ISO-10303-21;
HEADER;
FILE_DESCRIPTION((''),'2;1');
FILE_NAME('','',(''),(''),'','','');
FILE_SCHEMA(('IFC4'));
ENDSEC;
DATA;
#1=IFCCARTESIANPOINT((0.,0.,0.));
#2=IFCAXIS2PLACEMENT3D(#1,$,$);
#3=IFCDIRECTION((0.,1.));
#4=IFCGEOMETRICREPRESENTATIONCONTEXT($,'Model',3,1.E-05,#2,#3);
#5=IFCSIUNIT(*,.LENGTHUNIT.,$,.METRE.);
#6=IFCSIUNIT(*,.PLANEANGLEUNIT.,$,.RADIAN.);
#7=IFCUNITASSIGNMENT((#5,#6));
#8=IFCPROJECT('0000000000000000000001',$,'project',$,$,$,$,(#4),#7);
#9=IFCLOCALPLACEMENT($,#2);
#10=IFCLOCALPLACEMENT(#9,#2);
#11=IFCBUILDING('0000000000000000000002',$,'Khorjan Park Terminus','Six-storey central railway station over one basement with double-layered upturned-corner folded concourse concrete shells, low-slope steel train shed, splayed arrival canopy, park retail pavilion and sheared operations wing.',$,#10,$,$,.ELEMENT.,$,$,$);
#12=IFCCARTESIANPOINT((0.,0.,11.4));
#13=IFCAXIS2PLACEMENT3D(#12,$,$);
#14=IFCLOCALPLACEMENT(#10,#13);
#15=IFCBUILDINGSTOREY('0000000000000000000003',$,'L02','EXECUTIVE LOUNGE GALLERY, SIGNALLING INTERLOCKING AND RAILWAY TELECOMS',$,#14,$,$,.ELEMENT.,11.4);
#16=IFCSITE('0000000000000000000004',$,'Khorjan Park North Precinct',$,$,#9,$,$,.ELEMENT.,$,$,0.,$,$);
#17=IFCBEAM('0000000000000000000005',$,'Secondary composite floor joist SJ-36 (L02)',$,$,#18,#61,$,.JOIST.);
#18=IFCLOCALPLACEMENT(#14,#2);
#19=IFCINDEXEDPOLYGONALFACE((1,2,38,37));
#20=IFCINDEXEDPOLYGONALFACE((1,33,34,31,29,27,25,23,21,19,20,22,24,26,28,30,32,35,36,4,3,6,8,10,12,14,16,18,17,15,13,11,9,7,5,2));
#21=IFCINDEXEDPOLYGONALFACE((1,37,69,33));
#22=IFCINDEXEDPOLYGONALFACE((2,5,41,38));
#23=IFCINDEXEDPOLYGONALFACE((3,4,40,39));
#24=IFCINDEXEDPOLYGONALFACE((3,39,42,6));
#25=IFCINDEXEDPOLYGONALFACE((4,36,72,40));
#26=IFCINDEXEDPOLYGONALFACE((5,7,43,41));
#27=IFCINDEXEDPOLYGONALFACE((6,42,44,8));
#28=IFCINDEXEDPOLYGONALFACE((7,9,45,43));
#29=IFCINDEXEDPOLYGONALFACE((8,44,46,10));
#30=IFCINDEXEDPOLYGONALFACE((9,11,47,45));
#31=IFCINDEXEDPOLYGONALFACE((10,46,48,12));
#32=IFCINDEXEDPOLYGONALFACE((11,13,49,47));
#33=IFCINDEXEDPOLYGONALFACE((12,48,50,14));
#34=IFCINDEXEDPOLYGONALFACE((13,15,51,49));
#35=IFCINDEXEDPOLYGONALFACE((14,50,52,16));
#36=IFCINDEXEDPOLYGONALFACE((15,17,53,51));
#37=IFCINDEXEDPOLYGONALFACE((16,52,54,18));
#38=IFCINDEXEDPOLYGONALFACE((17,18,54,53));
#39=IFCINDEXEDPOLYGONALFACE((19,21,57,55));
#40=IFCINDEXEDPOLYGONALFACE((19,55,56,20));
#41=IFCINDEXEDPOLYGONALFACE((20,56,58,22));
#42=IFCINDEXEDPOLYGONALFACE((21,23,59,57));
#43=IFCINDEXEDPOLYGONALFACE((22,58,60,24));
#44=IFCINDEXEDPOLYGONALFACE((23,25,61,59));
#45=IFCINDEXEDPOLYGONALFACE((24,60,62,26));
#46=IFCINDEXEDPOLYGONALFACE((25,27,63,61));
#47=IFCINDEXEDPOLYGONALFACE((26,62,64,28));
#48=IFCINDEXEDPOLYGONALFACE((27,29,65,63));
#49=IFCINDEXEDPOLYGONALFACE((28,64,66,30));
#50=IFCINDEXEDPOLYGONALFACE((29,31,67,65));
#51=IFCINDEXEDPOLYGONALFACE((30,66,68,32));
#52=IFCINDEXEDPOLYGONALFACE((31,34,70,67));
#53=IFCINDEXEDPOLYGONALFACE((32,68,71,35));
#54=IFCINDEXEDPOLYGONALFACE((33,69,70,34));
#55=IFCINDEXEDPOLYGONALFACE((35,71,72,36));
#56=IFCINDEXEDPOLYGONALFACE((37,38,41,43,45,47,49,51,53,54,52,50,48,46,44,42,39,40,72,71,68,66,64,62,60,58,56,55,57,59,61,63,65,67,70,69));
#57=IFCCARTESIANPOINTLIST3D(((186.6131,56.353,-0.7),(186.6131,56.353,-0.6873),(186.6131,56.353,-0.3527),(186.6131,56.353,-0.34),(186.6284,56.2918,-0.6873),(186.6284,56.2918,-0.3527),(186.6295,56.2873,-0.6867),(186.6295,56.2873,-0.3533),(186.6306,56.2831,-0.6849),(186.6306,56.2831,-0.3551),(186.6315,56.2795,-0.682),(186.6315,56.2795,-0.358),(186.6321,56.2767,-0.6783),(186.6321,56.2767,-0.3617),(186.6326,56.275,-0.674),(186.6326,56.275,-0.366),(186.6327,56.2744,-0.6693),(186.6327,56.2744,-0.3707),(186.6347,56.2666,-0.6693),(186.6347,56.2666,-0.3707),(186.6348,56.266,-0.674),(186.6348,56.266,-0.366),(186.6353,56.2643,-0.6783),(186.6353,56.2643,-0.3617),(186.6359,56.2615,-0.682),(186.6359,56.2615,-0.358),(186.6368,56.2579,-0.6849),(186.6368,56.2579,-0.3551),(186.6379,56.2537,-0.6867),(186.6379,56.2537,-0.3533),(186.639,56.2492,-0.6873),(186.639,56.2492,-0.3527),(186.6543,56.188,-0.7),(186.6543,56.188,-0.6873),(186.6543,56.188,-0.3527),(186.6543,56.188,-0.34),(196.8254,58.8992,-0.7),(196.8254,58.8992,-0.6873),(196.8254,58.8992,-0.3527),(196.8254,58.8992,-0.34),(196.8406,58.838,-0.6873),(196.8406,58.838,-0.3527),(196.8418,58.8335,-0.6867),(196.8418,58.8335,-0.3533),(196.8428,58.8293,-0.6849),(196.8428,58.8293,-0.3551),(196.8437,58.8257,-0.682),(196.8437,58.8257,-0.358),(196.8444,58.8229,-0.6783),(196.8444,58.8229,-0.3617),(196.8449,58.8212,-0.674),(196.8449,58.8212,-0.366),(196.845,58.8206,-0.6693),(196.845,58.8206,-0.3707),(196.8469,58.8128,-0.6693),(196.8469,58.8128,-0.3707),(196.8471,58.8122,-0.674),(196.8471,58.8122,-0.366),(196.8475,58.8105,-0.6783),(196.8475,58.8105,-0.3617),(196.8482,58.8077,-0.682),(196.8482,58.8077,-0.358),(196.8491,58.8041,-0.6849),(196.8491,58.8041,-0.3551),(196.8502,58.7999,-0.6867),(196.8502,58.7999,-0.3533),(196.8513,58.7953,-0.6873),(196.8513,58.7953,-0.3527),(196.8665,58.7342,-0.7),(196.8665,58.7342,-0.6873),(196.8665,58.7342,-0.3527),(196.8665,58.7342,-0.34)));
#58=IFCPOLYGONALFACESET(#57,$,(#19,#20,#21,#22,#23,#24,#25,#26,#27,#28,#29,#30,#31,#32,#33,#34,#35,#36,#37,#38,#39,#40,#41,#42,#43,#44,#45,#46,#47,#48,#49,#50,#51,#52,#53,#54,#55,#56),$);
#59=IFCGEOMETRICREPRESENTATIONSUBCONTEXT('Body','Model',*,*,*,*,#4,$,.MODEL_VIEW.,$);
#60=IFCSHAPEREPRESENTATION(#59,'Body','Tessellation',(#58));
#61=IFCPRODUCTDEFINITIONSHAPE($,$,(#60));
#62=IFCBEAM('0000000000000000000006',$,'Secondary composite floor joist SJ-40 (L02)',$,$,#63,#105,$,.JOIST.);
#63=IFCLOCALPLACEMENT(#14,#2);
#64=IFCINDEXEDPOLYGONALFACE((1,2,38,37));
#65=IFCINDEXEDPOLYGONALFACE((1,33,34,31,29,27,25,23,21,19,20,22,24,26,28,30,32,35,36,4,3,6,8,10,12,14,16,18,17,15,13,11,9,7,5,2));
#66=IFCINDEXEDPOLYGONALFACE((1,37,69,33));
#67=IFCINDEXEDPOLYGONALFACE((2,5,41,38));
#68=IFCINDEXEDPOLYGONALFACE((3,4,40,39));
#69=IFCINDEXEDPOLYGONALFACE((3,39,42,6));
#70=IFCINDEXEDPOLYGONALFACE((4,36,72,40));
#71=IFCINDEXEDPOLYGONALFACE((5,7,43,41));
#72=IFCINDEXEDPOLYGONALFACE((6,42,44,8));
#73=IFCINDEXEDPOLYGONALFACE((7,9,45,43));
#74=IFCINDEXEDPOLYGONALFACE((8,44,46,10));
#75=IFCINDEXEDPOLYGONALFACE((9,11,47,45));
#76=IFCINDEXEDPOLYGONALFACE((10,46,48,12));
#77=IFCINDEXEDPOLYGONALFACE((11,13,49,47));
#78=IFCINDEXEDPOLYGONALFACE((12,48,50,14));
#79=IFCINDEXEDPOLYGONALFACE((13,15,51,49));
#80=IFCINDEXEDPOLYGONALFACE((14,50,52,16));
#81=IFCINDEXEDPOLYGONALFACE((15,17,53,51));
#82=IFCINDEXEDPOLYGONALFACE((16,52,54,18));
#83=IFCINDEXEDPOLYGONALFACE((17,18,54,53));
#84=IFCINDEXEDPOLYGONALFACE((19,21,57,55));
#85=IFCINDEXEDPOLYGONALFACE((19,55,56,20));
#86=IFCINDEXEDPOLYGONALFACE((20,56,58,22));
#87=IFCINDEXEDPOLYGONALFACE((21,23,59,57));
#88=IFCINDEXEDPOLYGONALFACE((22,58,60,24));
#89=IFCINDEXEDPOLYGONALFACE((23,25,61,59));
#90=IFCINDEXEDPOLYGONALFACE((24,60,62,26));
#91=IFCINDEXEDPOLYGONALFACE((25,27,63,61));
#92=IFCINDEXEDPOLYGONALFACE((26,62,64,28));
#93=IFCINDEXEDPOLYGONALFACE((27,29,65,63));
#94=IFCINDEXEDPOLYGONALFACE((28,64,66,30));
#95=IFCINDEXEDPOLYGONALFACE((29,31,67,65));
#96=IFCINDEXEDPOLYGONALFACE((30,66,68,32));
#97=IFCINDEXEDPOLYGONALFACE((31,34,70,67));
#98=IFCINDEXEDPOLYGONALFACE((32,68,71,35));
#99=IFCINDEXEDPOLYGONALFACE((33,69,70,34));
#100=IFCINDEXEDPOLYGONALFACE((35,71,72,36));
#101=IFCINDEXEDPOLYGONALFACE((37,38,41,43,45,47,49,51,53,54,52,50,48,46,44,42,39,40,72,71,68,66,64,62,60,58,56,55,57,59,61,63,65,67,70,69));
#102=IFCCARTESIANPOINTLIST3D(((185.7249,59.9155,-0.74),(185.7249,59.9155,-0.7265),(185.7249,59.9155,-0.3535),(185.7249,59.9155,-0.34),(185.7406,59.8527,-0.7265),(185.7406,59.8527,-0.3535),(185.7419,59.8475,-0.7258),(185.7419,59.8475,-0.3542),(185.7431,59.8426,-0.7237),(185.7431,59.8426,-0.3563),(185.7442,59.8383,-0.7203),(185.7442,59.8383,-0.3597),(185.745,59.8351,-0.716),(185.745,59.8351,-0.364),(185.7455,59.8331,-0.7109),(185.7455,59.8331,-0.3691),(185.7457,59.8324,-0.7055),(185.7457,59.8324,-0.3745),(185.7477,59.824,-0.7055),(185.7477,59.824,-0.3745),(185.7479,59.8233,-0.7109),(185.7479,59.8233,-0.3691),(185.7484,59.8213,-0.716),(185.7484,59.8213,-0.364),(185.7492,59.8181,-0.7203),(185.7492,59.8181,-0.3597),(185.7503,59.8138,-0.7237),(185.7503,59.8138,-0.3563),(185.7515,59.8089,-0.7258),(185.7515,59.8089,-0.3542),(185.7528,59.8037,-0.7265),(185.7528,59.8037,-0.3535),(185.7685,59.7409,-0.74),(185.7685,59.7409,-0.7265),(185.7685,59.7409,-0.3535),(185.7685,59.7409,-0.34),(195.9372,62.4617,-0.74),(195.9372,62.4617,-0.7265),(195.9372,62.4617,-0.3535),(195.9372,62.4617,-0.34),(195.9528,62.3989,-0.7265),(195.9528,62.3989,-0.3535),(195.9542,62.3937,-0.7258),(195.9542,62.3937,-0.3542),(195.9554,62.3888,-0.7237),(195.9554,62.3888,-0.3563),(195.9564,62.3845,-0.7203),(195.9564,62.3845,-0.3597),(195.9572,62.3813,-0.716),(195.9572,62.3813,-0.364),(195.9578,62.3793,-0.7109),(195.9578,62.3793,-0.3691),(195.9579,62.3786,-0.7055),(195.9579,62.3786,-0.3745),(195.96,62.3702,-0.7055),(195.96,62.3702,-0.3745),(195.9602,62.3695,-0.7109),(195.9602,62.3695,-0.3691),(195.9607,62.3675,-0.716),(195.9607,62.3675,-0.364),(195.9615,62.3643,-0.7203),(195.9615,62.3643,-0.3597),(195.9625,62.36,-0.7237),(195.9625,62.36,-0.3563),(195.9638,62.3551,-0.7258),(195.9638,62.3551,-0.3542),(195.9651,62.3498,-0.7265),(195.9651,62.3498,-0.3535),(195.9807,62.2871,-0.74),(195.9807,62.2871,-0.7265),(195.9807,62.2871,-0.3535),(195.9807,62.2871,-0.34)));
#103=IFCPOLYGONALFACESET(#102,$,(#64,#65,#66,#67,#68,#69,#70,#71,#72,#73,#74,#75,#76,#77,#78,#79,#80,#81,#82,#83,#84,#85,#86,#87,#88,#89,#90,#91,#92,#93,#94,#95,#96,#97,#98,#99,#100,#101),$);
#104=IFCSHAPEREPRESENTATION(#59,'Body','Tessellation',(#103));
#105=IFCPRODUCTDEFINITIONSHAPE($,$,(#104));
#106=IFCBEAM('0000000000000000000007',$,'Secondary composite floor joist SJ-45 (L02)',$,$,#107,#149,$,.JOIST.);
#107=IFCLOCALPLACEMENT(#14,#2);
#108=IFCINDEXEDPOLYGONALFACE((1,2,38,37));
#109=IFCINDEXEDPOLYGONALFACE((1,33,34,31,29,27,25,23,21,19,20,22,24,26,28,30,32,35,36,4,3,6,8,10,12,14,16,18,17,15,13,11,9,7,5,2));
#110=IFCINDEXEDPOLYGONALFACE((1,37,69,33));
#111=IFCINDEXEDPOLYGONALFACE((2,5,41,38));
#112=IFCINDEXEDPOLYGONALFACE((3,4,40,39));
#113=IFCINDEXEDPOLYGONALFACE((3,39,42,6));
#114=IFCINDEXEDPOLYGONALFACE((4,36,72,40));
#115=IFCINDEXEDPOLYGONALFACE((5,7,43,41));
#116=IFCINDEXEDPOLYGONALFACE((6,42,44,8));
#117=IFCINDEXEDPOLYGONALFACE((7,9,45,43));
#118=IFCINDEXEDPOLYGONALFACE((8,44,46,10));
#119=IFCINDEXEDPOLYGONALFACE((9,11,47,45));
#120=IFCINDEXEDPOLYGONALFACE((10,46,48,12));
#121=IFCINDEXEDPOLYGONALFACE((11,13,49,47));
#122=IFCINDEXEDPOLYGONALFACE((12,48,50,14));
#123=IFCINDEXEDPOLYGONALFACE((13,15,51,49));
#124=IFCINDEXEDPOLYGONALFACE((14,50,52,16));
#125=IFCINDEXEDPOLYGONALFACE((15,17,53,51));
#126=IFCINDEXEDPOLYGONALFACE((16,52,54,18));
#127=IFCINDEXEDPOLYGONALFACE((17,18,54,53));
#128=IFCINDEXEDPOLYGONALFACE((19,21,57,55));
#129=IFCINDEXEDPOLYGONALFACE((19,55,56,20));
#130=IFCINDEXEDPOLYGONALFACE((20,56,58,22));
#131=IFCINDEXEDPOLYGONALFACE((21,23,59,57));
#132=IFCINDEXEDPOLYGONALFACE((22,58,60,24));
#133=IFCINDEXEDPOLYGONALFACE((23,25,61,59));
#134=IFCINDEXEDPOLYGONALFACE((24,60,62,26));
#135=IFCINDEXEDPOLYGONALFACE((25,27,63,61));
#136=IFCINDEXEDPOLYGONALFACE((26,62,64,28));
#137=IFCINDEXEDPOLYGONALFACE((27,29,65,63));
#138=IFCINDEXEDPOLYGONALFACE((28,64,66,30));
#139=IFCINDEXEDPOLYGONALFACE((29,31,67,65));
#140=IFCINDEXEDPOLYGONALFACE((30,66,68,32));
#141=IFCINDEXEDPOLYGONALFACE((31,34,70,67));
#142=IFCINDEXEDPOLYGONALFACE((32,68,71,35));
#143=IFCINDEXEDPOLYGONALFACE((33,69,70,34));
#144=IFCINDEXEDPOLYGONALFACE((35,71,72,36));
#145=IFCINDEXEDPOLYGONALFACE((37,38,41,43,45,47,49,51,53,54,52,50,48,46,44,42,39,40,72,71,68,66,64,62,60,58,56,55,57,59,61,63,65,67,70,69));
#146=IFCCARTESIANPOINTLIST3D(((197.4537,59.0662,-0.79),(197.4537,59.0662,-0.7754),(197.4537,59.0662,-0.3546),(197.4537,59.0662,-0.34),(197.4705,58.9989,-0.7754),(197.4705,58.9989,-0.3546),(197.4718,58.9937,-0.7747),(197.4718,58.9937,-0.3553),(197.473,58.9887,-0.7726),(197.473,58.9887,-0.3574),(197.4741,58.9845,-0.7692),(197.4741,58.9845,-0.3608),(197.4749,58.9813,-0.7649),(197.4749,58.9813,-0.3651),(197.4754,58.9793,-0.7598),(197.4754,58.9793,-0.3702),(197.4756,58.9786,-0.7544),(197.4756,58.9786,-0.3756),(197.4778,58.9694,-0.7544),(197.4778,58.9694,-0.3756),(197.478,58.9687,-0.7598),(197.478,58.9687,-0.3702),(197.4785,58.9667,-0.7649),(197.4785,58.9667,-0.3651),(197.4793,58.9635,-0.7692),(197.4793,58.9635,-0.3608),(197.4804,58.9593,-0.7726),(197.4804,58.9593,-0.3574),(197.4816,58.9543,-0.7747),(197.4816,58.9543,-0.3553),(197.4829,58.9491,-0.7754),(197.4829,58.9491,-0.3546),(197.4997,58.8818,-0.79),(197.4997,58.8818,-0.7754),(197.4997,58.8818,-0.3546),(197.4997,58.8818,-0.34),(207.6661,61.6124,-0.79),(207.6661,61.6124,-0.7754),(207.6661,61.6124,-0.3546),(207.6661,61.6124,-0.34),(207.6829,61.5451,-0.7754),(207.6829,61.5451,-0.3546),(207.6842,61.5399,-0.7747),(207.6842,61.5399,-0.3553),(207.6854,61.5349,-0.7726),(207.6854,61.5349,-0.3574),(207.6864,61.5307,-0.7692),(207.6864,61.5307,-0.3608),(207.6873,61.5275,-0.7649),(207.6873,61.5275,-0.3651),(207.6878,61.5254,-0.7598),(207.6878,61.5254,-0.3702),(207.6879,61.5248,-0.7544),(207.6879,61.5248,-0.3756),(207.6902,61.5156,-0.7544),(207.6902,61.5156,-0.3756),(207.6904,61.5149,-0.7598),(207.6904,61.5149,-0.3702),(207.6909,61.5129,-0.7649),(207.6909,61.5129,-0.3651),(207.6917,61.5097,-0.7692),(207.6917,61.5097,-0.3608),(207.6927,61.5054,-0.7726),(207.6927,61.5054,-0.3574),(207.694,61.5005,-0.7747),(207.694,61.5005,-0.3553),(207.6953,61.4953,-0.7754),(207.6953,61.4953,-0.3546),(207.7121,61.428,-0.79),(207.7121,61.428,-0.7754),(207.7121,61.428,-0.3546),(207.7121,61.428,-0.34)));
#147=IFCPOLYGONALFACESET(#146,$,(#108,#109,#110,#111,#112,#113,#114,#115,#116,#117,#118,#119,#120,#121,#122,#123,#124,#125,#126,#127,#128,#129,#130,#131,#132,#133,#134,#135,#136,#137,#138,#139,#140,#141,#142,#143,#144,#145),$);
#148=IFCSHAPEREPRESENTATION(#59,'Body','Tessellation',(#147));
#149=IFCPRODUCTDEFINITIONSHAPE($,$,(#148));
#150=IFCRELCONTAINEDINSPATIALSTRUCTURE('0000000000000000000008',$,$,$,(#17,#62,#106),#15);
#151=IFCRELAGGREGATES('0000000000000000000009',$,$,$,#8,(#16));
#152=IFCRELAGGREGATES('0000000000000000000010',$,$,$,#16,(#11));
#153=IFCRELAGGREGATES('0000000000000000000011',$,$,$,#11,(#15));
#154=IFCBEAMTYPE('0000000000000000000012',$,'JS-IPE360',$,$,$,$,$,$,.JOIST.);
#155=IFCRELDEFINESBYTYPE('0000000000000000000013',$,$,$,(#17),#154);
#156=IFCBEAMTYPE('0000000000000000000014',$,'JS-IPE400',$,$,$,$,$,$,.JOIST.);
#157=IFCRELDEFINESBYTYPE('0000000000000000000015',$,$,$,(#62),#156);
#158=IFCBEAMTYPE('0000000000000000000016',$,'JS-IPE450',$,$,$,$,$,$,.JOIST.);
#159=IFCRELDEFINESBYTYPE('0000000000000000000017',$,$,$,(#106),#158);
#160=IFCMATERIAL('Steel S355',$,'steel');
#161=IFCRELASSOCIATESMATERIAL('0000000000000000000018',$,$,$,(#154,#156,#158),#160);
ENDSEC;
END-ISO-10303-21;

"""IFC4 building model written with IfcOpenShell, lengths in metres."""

from ifc_helpers import new_model, si_unit, direction, frame, origin, origin_2d, place, context, subcontext, project, spatial, i_section, extrude, material, material_profile, profile_set, type_object, element, save


model = new_model("IFC4")

# Units and contexts
model_context = context("Model", 3, precision=1e-05, world=origin(), true_north=direction((0.0, 1.0)))
body_context = subcontext(model_context, "Body", "Model", "MODEL_VIEW")
ifc_project = project(units=[si_unit("LENGTHUNIT", "METRE"), si_unit("PLANEANGLEUNIT", "RADIAN")], contexts=[model_context])

# Site, building, storey
site_placement = place(None, origin())
site = spatial("IfcSite", under=ifc_project, at=site_placement, Name="Khorjan Park North Precinct", CompositionType="ELEMENT", RefElevation=0.0)
building_placement = place(site_placement, origin())
building = spatial("IfcBuilding", under=site, at=building_placement, Name="Khorjan Park Terminus", Description="Six-storey central railway station over one basement with double-layered upturned-corner folded concourse concrete shells, low-slope steel train shed, splayed arrival canopy, park retail pavilion and sheared operations wing.", CompositionType="ELEMENT")
storey_placement = place(building_placement, frame((0.0, 0.0, 11.4)))
storey = spatial("IfcBuildingStorey", under=building, at=storey_placement, Name="L02", Description="EXECUTIVE LOUNGE GALLERY, SIGNALLING INTERLOCKING AND RAILWAY TELECOMS", CompositionType="ELEMENT", Elevation=11.4)

# Beams
ifc_material_1 = material(Name="Steel S355", Category="steel")
ifc_material_profile_1 = material_profile(ifc_material_1, i_section(OverallWidth=0.17, OverallDepth=0.36, WebThickness=0.008, FlangeThickness=0.0127, FilletRadius=0.018, at=origin_2d()), Name="IPE 360")
ifc_profile_set_1 = profile_set([ifc_material_profile_1], Name="Steel S355")
beam_type_1 = type_object("IfcBeamType", Name="JS-IPE360", PredefinedType="JOIST", material=ifc_profile_set_1)
beam_1_placement = place(storey_placement, frame((186.6337, 56.2705, -0.52), z_axis=(0.970296, 0.241921, 0.0), x_axis=(-0.241921, 0.970296, 0.0)))
element("IfcBeam", 1, at=beam_1_placement, inside=storey, type_object=beam_type_1, Name="Secondary composite floor joist SJ-36 (L02)", PredefinedType="JOIST", context=body_context, shape_type="SweptSolid", body=[
    extrude(i_section(OverallWidth=0.17, OverallDepth=0.36, WebThickness=0.008, FlangeThickness=0.0127, FilletRadius=0.018, at=origin_2d()), origin(), (0.0, 0.0, 1.0), 10.5249),
])
ifc_material_profile_2 = material_profile(ifc_material_1, i_section(OverallWidth=0.18, OverallDepth=0.4, WebThickness=0.0086, FlangeThickness=0.0135, FilletRadius=0.021, at=origin_2d()), Name="IPE 400")
ifc_profile_set_2 = profile_set([ifc_material_profile_2], Name="Steel S355")
beam_type_2 = type_object("IfcBeamType", Name="JS-IPE400", PredefinedType="JOIST", material=ifc_profile_set_2)
beam_2_placement = place(storey_placement, frame((185.7467, 59.8282, -0.54), z_axis=(0.970296, 0.241921, 0.0), x_axis=(-0.241921, 0.970296, 0.0)))
element("IfcBeam", 2, at=beam_2_placement, inside=storey, type_object=beam_type_2, Name="Secondary composite floor joist SJ-40 (L02)", PredefinedType="JOIST", context=body_context, shape_type="SweptSolid", body=[
    extrude(i_section(OverallWidth=0.18, OverallDepth=0.4, WebThickness=0.0086, FlangeThickness=0.0135, FilletRadius=0.021, at=origin_2d()), origin(), (0.0, 0.0, 1.0), 10.5249),
])
ifc_material_profile_3 = material_profile(ifc_material_1, i_section(OverallWidth=0.19, OverallDepth=0.45, WebThickness=0.0094, FlangeThickness=0.0146, FilletRadius=0.021, at=origin_2d()), Name="IPE 450")
ifc_profile_set_3 = profile_set([ifc_material_profile_3], Name="Steel S355")
beam_type_3 = type_object("IfcBeamType", Name="JS-IPE450", PredefinedType="JOIST", material=ifc_profile_set_3)
beam_3_placement = place(storey_placement, frame((197.4767, 58.974, -0.565), z_axis=(0.970297, 0.241919, 0.0), x_axis=(-0.241919, 0.970297, 0.0)))
element("IfcBeam", 3, at=beam_3_placement, inside=storey, type_object=beam_type_3, Name="Secondary composite floor joist SJ-45 (L02)", PredefinedType="JOIST", context=body_context, shape_type="SweptSolid", body=[
    extrude(i_section(OverallWidth=0.19, OverallDepth=0.45, WebThickness=0.0094, FlangeThickness=0.0146, FilletRadius=0.021, at=origin_2d()), origin(), (0.0, 0.0, 1.0), 10.525),
])

save(model, "model.ifc")
